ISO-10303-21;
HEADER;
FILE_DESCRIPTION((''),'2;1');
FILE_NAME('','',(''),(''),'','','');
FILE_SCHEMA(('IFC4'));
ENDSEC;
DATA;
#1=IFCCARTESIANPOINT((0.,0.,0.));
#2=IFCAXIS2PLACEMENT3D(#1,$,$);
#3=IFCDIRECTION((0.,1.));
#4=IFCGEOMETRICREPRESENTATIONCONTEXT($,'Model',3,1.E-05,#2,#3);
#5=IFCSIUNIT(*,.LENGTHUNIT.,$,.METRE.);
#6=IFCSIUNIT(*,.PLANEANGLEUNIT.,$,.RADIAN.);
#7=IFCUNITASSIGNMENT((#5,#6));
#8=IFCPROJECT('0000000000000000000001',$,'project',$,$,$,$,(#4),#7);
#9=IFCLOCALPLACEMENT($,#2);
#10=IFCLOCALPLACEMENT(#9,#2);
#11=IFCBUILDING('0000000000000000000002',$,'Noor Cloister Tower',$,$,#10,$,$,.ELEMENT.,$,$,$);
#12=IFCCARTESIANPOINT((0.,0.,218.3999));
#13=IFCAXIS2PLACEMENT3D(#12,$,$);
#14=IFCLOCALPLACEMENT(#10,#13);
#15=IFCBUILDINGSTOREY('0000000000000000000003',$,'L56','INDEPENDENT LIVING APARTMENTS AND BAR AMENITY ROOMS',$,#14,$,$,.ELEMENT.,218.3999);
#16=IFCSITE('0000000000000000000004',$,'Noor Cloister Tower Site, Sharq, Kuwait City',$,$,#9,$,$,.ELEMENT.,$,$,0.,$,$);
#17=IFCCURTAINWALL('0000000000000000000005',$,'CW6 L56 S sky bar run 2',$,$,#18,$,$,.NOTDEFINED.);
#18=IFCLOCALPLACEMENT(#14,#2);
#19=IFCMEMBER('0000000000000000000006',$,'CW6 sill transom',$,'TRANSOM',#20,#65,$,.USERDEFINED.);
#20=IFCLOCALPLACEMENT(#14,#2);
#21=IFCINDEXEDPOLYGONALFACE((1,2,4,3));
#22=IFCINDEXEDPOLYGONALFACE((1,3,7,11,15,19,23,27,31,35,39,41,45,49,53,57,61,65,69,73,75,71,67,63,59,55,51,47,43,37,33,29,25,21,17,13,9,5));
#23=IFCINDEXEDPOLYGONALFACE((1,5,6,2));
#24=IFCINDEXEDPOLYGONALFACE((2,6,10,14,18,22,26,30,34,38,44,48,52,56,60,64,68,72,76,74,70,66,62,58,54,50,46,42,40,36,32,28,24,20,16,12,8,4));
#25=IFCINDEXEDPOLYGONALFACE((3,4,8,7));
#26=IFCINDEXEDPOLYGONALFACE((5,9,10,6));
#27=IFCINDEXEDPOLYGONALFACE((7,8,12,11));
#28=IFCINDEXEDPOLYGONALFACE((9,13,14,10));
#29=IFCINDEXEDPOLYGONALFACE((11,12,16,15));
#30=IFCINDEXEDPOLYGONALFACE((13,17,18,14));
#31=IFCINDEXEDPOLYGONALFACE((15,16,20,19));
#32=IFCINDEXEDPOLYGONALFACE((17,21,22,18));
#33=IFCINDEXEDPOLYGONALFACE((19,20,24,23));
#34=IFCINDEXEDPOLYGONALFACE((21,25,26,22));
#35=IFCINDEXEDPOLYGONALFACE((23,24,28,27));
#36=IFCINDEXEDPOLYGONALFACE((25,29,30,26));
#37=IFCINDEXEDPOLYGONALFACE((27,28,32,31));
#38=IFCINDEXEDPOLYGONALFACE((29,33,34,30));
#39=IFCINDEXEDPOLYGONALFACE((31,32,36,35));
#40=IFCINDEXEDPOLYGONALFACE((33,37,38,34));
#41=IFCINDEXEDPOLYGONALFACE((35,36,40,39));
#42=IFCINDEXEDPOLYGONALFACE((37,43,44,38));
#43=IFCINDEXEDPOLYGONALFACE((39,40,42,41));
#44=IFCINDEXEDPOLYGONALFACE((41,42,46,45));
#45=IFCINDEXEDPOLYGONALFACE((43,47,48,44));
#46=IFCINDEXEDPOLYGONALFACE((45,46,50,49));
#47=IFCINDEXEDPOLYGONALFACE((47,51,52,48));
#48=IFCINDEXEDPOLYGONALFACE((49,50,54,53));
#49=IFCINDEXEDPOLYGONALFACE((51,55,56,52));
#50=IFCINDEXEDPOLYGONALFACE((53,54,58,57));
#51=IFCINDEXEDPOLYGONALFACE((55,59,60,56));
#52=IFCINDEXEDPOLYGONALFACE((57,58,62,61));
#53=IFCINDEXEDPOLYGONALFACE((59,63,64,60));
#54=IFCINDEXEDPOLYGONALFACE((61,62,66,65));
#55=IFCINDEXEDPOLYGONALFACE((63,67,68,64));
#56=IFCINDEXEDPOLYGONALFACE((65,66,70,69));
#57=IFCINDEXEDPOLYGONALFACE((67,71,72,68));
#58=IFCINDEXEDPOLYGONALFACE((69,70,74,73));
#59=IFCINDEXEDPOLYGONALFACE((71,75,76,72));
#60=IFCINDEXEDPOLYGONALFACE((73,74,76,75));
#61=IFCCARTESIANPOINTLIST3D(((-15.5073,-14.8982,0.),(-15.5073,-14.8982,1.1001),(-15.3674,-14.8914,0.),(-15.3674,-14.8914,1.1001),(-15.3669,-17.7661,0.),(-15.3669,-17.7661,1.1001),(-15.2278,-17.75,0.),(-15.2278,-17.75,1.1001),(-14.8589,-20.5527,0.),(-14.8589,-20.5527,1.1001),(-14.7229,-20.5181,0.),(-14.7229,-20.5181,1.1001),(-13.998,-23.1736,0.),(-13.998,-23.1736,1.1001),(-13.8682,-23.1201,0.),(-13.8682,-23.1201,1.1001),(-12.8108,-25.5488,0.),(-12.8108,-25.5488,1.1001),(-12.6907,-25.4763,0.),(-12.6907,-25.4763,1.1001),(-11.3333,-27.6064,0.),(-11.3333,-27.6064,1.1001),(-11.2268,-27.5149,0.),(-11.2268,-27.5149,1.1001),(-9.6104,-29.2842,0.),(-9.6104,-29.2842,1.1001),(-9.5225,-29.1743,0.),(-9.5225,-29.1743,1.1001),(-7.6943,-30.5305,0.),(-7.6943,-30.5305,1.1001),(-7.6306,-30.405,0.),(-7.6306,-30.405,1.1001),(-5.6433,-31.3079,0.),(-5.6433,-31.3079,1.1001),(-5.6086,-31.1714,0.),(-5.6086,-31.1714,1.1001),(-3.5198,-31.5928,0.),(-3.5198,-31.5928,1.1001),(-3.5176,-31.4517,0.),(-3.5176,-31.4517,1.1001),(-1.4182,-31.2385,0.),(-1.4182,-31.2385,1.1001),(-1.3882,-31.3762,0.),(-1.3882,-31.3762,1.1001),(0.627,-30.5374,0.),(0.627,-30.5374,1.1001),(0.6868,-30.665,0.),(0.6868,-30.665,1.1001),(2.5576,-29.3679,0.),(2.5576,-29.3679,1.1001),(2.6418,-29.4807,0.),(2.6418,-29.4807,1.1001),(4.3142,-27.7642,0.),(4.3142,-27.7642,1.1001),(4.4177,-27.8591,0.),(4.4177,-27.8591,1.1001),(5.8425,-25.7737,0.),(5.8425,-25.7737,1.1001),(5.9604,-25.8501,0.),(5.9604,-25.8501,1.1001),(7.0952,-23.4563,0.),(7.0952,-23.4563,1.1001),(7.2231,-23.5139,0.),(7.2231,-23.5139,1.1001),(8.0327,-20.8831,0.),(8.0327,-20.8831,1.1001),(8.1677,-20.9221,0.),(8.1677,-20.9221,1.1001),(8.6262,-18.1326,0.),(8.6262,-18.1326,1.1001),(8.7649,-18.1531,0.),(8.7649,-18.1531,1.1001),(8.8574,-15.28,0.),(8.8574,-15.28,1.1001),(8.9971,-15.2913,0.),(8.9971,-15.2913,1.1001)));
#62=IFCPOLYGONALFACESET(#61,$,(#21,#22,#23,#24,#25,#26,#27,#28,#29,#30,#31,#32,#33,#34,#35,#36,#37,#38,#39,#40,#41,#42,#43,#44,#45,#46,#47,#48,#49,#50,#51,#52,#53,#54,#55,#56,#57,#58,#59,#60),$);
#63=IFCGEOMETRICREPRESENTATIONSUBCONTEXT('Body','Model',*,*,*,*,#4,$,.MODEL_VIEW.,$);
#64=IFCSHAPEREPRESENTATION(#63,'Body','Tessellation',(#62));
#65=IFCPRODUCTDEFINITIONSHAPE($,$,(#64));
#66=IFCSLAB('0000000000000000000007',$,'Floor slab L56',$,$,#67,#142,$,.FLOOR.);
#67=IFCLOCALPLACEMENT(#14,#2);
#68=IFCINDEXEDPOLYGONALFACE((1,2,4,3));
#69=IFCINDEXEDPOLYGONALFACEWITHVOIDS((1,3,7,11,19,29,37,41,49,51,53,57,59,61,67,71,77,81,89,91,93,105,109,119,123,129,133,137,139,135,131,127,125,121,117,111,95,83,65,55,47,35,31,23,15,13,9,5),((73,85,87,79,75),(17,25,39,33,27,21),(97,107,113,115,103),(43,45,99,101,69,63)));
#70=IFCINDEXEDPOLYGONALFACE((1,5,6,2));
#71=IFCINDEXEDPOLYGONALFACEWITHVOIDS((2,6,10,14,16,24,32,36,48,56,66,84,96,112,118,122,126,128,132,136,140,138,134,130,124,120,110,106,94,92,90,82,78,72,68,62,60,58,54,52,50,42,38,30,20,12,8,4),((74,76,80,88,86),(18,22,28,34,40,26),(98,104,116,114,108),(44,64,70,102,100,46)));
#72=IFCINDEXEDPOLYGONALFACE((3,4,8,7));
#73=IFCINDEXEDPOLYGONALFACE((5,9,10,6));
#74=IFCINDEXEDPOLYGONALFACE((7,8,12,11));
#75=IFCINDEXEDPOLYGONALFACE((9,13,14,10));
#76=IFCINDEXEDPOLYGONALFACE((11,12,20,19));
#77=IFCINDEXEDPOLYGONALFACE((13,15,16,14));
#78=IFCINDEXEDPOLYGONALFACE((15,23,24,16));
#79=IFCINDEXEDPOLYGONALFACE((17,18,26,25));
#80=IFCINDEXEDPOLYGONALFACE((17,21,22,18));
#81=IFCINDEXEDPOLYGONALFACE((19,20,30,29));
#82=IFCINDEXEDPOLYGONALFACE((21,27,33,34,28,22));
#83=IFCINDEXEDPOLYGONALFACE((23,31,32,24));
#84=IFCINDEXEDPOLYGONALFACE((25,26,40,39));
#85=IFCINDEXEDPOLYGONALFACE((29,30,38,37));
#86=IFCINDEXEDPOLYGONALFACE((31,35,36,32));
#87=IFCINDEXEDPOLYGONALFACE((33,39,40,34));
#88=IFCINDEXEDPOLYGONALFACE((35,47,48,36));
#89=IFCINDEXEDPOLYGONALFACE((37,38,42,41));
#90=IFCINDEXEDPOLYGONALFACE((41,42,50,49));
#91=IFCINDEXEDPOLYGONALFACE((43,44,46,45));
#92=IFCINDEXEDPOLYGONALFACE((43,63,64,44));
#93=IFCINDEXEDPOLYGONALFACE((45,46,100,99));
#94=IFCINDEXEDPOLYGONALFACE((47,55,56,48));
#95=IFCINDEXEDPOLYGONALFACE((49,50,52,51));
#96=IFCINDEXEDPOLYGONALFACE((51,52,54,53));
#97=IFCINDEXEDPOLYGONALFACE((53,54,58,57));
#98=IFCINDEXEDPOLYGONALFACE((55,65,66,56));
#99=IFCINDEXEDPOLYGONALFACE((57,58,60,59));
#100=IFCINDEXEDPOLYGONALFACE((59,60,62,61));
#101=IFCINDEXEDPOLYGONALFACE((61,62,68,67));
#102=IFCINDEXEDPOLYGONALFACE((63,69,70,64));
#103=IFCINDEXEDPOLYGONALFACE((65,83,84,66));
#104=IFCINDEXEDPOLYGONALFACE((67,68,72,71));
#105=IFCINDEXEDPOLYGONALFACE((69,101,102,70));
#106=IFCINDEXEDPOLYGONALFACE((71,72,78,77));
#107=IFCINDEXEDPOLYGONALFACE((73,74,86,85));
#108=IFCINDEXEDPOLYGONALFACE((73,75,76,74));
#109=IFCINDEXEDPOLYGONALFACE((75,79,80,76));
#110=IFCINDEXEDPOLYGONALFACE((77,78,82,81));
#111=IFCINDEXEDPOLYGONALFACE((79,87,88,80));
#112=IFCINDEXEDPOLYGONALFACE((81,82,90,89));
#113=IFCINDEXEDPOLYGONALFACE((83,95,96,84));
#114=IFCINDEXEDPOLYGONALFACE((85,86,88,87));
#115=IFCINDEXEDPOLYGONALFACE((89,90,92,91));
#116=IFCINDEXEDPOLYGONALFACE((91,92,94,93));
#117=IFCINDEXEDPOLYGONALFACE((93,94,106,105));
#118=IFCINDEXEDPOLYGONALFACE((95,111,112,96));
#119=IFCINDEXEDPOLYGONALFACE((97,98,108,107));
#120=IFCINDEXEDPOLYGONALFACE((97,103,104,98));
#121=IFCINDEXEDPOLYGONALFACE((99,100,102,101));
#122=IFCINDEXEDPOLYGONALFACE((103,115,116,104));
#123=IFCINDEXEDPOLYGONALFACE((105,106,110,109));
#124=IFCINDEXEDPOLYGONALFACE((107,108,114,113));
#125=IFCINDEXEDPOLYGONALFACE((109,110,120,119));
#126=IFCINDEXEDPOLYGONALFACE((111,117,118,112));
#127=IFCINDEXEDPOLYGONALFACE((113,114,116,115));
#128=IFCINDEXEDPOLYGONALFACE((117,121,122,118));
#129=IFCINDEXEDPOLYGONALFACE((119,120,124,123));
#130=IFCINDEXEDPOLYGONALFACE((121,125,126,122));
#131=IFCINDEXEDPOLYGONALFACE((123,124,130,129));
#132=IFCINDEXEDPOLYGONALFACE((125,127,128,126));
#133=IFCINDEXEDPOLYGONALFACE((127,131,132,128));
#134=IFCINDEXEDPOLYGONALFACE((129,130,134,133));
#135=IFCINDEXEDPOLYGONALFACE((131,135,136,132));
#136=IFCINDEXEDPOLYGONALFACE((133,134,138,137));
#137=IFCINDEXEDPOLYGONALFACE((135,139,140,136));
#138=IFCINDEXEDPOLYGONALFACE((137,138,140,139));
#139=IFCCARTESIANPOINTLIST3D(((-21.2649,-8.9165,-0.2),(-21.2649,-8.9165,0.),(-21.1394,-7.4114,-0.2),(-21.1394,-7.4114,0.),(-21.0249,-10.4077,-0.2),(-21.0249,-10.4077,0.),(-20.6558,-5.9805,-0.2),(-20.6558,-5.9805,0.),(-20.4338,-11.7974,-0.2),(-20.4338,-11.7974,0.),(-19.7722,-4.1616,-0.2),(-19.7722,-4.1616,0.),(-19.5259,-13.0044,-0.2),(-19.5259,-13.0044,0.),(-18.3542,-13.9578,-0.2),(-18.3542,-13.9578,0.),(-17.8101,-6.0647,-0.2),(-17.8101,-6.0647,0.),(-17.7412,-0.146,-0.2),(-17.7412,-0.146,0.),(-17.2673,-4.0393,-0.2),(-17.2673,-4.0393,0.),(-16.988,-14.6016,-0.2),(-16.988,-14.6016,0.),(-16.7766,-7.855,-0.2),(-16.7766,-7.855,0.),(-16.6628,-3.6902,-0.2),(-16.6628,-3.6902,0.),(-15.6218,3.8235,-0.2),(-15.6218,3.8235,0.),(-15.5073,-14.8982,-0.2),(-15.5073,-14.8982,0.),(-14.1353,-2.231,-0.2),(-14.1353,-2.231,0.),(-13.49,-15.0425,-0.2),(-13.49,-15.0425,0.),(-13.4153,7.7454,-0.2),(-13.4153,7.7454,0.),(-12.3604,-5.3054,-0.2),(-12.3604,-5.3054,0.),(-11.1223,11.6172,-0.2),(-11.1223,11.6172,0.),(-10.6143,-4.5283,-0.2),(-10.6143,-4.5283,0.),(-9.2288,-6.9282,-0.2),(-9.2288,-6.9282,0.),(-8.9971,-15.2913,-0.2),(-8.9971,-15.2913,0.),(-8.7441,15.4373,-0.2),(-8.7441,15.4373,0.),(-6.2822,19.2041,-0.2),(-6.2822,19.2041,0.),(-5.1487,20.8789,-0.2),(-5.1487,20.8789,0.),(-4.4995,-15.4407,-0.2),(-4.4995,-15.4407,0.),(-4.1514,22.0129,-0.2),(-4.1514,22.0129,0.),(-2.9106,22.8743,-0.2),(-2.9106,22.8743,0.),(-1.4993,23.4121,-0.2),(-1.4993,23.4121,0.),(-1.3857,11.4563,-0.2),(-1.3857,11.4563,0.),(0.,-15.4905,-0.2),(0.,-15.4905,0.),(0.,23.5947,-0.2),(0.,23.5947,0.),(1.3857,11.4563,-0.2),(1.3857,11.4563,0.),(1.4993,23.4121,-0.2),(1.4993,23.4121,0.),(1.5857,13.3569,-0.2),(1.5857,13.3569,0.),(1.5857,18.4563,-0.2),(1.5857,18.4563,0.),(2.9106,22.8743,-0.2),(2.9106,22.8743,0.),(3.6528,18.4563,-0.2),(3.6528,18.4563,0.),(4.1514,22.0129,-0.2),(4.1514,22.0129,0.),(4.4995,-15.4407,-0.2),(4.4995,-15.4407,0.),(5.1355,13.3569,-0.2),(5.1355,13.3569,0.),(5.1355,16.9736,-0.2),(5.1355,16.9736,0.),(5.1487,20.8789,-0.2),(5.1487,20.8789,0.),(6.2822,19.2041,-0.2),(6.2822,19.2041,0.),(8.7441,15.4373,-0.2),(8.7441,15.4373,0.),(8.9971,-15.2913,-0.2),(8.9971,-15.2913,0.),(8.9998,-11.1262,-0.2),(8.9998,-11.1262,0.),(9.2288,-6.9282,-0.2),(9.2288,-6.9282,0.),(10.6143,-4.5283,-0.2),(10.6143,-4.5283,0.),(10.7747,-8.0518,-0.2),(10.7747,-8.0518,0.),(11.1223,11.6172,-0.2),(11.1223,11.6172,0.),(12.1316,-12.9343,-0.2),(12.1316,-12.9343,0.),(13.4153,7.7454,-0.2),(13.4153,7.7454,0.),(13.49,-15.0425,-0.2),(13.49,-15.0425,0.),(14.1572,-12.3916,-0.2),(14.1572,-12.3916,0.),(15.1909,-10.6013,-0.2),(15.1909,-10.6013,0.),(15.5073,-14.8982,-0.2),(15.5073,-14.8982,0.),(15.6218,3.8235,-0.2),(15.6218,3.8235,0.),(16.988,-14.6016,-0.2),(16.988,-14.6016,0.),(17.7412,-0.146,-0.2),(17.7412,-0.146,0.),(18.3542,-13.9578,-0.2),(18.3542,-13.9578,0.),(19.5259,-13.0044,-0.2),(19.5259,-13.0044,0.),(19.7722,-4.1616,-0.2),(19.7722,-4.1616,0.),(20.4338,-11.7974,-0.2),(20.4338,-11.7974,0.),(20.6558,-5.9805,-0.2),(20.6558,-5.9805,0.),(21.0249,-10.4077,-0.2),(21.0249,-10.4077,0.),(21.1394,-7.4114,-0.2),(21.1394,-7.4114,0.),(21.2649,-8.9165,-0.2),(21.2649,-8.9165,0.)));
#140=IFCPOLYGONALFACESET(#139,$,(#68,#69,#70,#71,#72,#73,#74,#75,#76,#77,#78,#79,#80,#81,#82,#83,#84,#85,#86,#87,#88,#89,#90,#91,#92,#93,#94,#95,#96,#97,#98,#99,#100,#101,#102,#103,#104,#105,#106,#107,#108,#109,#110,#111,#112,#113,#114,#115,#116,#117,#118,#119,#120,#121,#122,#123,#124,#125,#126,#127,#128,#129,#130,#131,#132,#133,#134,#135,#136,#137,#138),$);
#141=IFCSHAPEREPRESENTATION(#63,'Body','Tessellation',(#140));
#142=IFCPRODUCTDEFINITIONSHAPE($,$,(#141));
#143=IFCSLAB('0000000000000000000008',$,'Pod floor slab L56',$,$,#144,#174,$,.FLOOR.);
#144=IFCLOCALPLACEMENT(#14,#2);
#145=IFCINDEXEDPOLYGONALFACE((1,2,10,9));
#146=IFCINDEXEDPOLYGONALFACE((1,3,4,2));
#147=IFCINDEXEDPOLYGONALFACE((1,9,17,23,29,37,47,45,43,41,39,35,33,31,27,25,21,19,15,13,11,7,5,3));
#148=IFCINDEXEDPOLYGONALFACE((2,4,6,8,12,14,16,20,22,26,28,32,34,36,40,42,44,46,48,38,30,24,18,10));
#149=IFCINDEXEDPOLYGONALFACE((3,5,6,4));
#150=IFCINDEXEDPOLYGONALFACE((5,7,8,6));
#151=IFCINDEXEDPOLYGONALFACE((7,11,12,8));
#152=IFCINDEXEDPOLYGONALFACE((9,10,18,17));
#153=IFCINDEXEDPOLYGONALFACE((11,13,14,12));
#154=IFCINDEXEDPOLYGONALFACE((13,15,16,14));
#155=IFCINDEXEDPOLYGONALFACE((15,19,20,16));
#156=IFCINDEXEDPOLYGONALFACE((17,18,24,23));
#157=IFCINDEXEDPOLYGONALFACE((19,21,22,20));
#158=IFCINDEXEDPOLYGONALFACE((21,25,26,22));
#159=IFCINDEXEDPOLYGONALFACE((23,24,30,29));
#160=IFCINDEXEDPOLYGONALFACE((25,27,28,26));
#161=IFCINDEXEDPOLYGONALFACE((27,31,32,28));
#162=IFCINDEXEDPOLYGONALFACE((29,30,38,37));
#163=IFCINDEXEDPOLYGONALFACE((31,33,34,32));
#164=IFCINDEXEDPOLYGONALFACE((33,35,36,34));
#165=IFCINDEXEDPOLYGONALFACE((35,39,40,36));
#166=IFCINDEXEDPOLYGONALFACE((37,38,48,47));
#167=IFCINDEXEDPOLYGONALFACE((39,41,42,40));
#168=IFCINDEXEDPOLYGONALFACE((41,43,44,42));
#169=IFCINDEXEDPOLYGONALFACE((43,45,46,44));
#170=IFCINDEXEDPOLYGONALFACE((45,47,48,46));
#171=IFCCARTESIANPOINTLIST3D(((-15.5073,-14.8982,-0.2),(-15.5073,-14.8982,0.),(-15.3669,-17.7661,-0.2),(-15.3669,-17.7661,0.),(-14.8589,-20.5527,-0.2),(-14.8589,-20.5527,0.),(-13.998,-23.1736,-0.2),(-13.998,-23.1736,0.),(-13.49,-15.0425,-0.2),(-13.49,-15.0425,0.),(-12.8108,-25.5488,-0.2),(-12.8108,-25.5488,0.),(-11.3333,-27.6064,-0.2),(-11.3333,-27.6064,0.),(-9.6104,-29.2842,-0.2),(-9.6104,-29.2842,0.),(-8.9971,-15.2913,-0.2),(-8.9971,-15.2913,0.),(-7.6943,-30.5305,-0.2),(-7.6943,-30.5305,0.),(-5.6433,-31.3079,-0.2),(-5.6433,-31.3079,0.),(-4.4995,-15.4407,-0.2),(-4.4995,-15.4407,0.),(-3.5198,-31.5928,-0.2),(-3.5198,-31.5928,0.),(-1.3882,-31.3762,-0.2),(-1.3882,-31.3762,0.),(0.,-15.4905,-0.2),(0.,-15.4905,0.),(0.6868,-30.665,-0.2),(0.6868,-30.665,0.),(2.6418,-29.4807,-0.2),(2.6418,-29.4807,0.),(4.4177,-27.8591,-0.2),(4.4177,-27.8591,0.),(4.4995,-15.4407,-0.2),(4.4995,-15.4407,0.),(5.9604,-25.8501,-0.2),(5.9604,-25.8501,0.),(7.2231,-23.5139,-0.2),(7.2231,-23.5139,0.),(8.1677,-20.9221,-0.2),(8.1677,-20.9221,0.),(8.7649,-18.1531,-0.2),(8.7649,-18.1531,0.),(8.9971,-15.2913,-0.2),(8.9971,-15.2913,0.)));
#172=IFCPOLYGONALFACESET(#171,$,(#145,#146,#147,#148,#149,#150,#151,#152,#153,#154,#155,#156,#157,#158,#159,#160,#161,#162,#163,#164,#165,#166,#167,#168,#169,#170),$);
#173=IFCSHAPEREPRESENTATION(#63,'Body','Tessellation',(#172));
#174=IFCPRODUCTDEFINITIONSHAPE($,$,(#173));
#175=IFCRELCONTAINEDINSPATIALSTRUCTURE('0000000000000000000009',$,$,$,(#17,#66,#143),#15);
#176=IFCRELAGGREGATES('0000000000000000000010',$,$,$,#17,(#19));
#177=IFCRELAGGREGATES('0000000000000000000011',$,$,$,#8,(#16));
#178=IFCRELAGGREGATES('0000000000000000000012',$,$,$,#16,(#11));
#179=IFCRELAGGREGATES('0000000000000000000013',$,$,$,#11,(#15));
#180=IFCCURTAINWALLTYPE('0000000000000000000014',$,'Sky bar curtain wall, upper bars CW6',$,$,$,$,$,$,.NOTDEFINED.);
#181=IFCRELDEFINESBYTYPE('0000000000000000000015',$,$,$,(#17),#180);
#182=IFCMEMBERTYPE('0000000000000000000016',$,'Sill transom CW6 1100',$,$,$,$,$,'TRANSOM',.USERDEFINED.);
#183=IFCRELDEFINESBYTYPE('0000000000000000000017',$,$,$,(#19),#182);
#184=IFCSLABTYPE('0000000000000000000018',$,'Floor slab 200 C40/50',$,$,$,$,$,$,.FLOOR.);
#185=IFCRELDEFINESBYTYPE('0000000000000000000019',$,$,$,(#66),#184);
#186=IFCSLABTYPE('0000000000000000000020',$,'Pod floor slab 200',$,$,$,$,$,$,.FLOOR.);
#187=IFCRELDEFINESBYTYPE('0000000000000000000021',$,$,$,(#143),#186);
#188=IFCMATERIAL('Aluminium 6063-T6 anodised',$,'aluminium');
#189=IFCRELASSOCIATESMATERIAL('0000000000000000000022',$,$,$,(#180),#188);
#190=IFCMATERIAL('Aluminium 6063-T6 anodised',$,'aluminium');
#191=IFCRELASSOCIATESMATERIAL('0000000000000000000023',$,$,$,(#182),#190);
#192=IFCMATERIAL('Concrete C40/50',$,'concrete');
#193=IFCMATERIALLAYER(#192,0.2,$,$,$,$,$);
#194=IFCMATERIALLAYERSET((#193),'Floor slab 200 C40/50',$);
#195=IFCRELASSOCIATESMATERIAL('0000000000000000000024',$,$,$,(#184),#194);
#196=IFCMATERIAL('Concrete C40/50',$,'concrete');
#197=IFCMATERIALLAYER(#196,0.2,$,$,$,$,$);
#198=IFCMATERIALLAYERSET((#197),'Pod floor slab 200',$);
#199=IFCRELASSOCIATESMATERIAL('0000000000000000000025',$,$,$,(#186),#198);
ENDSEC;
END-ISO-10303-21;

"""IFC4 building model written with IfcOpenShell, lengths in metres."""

from ifc_helpers import new_model, si_unit, direction, frame, origin, place, context, subcontext, project, spatial, polyline, outline, extrude, material, layer, layer_set, type_object, element, aggregate, save


model = new_model("IFC4")

# Units and contexts
model_context = context("Model", 3, precision=1e-05, world=origin(), true_north=direction((0.0, 1.0)))
body_context = subcontext(model_context, "Body", "Model", "MODEL_VIEW")
ifc_project = project(units=[si_unit("LENGTHUNIT", "METRE"), si_unit("PLANEANGLEUNIT", "RADIAN")], contexts=[model_context])

# Site, building, storey
site_placement = place(None, origin())
site = spatial("IfcSite", under=ifc_project, at=site_placement, Name="Noor Cloister Tower Site, Sharq, Kuwait City", CompositionType="ELEMENT", RefElevation=0.0)
building_placement = place(site_placement, origin())
building = spatial("IfcBuilding", under=site, at=building_placement, Name="Noor Cloister Tower", CompositionType="ELEMENT")
storey_placement = place(building_placement, frame((0.0, 0.0, 218.3999)))
storey = spatial("IfcBuildingStorey", under=building, at=storey_placement, Name="L56", Description="INDEPENDENT LIVING APARTMENTS AND BAR AMENITY ROOMS", CompositionType="ELEMENT", Elevation=218.3999)

# Curtain wall
ifc_material_1 = material(Name="Aluminium 6063-T6 anodised", Category="aluminium")
curtain_wall_type_1 = type_object("IfcCurtainWallType", Name="Sky bar curtain wall, upper bars CW6", PredefinedType="NOTDEFINED", material=ifc_material_1)
curtain_wall_1_placement = place(storey_placement, origin())
curtain_wall_1 = element("IfcCurtainWall", 1, at=curtain_wall_1_placement, inside=storey, type_object=curtain_wall_type_1, Name="CW6 L56 S sky bar run 2", PredefinedType="NOTDEFINED")

# Member
ifc_material_2 = material(Name="Aluminium 6063-T6 anodised", Category="aluminium")
member_type_1 = type_object("IfcMemberType", Name="Sill transom CW6 1100", ElementType="TRANSOM", PredefinedType="USERDEFINED", material=ifc_material_2)
member_1_placement = place(storey_placement, origin())
member_1 = element("IfcMember", 2, at=member_1_placement, type_object=member_type_1, Name="CW6 sill transom", ObjectType="TRANSOM", PredefinedType="USERDEFINED", context=body_context, shape_type="SweptSolid", body=[
    extrude(outline(polyline([(-15.5073, -14.8982), (-15.3669, -17.7661), (-14.8589, -20.5527), (-13.998, -23.1736), (-12.8108, -25.5488), (-11.3333, -27.6064), (-9.6104, -29.2842), (-7.6943, -30.5305), (-5.6433, -31.3079), (-3.5198, -31.5928), (-1.3882, -31.3762), (0.6868, -30.665), (2.6418, -29.4807), (4.4177, -27.8591), (5.9604, -25.8501), (7.2231, -23.5139), (8.1677, -20.9221), (8.7649, -18.1531), (8.9971, -15.2913), (8.8574, -15.28), (8.6262, -18.1326), (8.0327, -20.8831), (7.0952, -23.4563), (5.8425, -25.7737), (4.3142, -27.7642), (2.5576, -29.3679), (0.627, -30.5374), (-1.4182, -31.2385), (-3.5176, -31.4517), (-5.6086, -31.1714), (-7.6306, -30.405), (-9.5225, -29.1743), (-11.2268, -27.5149), (-12.6907, -25.4763), (-13.8682, -23.1201), (-14.7229, -20.5181), (-15.2278, -17.75), (-15.3674, -14.8914), (-15.5073, -14.8982)])), origin(), (0.0, 0.0, 1.0), 1.1001),
])
aggregate(curtain_wall_1, [member_1])

# Slabs
ifc_material_3 = material(Name="Concrete C40/50", Category="concrete")
ifc_layer_1 = layer(ifc_material_3, 0.2)
ifc_layer_set_1 = layer_set([ifc_layer_1], Name="Floor slab 200 C40/50")
slab_type_1 = type_object("IfcSlabType", Name="Floor slab 200 C40/50", PredefinedType="FLOOR", material=ifc_layer_set_1)
slab_1_placement = place(storey_placement, frame((0.0, 0.0, -0.2)))
element("IfcSlab", 3, at=slab_1_placement, inside=storey, type_object=slab_type_1, Name="Floor slab L56", PredefinedType="FLOOR", context=body_context, shape_type="SweptSolid", body=[
    extrude(outline(polyline([(5.1487, 20.8789), (4.1514, 22.0129), (2.9106, 22.8743), (1.4993, 23.4121), (0.0, 23.5947), (-1.4993, 23.4121), (-2.9106, 22.8743), (-4.1514, 22.0129), (-5.1487, 20.8789), (-6.2822, 19.2041), (-8.7441, 15.4373), (-11.1223, 11.6172), (-13.4153, 7.7454), (-15.6218, 3.8235), (-17.7412, -0.146), (-19.7722, -4.1616), (-20.6558, -5.9805), (-21.1394, -7.4114), (-21.2649, -8.9165), (-21.0249, -10.4077), (-20.4338, -11.7974), (-19.5259, -13.0044), (-18.3542, -13.9578), (-16.988, -14.6016), (-15.5073, -14.8982), (-13.49, -15.0425), (-8.9971, -15.2913), (-4.4995, -15.4407), (0.0, -15.4905), (4.4995, -15.4407), (8.9971, -15.2913), (13.49, -15.0425), (15.5073, -14.8982), (16.988, -14.6016), (18.3542, -13.9578), (19.5259, -13.0044), (20.4338, -11.7974), (21.0249, -10.4077), (21.2649, -8.9165), (21.1394, -7.4114), (20.6558, -5.9805), (19.7722, -4.1616), (17.7412, -0.146), (15.6218, 3.8235), (13.4153, 7.7454), (11.1223, 11.6172), (8.7441, 15.4373), (6.2822, 19.2041), (5.1487, 20.8789)]), holes=[polyline([(8.9998, -11.1262), (12.1316, -12.9343), (14.1572, -12.3916), (15.1909, -10.6013), (10.7747, -8.0518), (8.9998, -11.1262)]), polyline([(-17.8101, -6.0647), (-16.7766, -7.855), (-12.3604, -5.3054), (-14.1353, -2.231), (-16.6628, -3.6902), (-17.2673, -4.0393), (-17.8101, -6.0647)]), polyline([(-10.6143, -4.5283), (-9.2288, -6.9282), (9.2288, -6.9282), (10.6143, -4.5283), (1.3857, 11.4563), (-1.3857, 11.4563), (-10.6143, -4.5283)]), polyline([(3.6528, 18.4563), (1.5857, 18.4563), (1.5857, 13.3569), (5.1355, 13.3569), (5.1355, 16.9736), (3.6528, 18.4563)])]), origin(), (0.0, 0.0, 1.0), 0.2),
])
ifc_material_4 = material(Name="Concrete C40/50", Category="concrete")
ifc_layer_2 = layer(ifc_material_4, 0.2)
ifc_layer_set_2 = layer_set([ifc_layer_2], Name="Pod floor slab 200")
slab_type_2 = type_object("IfcSlabType", Name="Pod floor slab 200", PredefinedType="FLOOR", material=ifc_layer_set_2)
slab_2_placement = place(storey_placement, frame((0.0, 0.0, -0.2)))
element("IfcSlab", 4, at=slab_2_placement, inside=storey, type_object=slab_type_2, Name="Pod floor slab L56", PredefinedType="FLOOR", context=body_context, shape_type="SweptSolid", body=[
    extrude(outline(polyline([(-15.5073, -14.8982), (-15.3669, -17.7661), (-14.8589, -20.5527), (-13.998, -23.1736), (-12.8108, -25.5488), (-11.3333, -27.6064), (-9.6104, -29.2842), (-7.6943, -30.5305), (-5.6433, -31.3079), (-3.5198, -31.5928), (-1.3882, -31.3762), (0.6868, -30.665), (2.6418, -29.4807), (4.4177, -27.8591), (5.9604, -25.8501), (7.2231, -23.5139), (8.1677, -20.9221), (8.7649, -18.1531), (8.9971, -15.2913), (4.4995, -15.4407), (0.0, -15.4905), (-4.4995, -15.4407), (-8.9971, -15.2913), (-13.49, -15.0425), (-15.5073, -14.8982)])), origin(), (0.0, 0.0, 1.0), 0.2),
])

save(model, "model.ifc")
